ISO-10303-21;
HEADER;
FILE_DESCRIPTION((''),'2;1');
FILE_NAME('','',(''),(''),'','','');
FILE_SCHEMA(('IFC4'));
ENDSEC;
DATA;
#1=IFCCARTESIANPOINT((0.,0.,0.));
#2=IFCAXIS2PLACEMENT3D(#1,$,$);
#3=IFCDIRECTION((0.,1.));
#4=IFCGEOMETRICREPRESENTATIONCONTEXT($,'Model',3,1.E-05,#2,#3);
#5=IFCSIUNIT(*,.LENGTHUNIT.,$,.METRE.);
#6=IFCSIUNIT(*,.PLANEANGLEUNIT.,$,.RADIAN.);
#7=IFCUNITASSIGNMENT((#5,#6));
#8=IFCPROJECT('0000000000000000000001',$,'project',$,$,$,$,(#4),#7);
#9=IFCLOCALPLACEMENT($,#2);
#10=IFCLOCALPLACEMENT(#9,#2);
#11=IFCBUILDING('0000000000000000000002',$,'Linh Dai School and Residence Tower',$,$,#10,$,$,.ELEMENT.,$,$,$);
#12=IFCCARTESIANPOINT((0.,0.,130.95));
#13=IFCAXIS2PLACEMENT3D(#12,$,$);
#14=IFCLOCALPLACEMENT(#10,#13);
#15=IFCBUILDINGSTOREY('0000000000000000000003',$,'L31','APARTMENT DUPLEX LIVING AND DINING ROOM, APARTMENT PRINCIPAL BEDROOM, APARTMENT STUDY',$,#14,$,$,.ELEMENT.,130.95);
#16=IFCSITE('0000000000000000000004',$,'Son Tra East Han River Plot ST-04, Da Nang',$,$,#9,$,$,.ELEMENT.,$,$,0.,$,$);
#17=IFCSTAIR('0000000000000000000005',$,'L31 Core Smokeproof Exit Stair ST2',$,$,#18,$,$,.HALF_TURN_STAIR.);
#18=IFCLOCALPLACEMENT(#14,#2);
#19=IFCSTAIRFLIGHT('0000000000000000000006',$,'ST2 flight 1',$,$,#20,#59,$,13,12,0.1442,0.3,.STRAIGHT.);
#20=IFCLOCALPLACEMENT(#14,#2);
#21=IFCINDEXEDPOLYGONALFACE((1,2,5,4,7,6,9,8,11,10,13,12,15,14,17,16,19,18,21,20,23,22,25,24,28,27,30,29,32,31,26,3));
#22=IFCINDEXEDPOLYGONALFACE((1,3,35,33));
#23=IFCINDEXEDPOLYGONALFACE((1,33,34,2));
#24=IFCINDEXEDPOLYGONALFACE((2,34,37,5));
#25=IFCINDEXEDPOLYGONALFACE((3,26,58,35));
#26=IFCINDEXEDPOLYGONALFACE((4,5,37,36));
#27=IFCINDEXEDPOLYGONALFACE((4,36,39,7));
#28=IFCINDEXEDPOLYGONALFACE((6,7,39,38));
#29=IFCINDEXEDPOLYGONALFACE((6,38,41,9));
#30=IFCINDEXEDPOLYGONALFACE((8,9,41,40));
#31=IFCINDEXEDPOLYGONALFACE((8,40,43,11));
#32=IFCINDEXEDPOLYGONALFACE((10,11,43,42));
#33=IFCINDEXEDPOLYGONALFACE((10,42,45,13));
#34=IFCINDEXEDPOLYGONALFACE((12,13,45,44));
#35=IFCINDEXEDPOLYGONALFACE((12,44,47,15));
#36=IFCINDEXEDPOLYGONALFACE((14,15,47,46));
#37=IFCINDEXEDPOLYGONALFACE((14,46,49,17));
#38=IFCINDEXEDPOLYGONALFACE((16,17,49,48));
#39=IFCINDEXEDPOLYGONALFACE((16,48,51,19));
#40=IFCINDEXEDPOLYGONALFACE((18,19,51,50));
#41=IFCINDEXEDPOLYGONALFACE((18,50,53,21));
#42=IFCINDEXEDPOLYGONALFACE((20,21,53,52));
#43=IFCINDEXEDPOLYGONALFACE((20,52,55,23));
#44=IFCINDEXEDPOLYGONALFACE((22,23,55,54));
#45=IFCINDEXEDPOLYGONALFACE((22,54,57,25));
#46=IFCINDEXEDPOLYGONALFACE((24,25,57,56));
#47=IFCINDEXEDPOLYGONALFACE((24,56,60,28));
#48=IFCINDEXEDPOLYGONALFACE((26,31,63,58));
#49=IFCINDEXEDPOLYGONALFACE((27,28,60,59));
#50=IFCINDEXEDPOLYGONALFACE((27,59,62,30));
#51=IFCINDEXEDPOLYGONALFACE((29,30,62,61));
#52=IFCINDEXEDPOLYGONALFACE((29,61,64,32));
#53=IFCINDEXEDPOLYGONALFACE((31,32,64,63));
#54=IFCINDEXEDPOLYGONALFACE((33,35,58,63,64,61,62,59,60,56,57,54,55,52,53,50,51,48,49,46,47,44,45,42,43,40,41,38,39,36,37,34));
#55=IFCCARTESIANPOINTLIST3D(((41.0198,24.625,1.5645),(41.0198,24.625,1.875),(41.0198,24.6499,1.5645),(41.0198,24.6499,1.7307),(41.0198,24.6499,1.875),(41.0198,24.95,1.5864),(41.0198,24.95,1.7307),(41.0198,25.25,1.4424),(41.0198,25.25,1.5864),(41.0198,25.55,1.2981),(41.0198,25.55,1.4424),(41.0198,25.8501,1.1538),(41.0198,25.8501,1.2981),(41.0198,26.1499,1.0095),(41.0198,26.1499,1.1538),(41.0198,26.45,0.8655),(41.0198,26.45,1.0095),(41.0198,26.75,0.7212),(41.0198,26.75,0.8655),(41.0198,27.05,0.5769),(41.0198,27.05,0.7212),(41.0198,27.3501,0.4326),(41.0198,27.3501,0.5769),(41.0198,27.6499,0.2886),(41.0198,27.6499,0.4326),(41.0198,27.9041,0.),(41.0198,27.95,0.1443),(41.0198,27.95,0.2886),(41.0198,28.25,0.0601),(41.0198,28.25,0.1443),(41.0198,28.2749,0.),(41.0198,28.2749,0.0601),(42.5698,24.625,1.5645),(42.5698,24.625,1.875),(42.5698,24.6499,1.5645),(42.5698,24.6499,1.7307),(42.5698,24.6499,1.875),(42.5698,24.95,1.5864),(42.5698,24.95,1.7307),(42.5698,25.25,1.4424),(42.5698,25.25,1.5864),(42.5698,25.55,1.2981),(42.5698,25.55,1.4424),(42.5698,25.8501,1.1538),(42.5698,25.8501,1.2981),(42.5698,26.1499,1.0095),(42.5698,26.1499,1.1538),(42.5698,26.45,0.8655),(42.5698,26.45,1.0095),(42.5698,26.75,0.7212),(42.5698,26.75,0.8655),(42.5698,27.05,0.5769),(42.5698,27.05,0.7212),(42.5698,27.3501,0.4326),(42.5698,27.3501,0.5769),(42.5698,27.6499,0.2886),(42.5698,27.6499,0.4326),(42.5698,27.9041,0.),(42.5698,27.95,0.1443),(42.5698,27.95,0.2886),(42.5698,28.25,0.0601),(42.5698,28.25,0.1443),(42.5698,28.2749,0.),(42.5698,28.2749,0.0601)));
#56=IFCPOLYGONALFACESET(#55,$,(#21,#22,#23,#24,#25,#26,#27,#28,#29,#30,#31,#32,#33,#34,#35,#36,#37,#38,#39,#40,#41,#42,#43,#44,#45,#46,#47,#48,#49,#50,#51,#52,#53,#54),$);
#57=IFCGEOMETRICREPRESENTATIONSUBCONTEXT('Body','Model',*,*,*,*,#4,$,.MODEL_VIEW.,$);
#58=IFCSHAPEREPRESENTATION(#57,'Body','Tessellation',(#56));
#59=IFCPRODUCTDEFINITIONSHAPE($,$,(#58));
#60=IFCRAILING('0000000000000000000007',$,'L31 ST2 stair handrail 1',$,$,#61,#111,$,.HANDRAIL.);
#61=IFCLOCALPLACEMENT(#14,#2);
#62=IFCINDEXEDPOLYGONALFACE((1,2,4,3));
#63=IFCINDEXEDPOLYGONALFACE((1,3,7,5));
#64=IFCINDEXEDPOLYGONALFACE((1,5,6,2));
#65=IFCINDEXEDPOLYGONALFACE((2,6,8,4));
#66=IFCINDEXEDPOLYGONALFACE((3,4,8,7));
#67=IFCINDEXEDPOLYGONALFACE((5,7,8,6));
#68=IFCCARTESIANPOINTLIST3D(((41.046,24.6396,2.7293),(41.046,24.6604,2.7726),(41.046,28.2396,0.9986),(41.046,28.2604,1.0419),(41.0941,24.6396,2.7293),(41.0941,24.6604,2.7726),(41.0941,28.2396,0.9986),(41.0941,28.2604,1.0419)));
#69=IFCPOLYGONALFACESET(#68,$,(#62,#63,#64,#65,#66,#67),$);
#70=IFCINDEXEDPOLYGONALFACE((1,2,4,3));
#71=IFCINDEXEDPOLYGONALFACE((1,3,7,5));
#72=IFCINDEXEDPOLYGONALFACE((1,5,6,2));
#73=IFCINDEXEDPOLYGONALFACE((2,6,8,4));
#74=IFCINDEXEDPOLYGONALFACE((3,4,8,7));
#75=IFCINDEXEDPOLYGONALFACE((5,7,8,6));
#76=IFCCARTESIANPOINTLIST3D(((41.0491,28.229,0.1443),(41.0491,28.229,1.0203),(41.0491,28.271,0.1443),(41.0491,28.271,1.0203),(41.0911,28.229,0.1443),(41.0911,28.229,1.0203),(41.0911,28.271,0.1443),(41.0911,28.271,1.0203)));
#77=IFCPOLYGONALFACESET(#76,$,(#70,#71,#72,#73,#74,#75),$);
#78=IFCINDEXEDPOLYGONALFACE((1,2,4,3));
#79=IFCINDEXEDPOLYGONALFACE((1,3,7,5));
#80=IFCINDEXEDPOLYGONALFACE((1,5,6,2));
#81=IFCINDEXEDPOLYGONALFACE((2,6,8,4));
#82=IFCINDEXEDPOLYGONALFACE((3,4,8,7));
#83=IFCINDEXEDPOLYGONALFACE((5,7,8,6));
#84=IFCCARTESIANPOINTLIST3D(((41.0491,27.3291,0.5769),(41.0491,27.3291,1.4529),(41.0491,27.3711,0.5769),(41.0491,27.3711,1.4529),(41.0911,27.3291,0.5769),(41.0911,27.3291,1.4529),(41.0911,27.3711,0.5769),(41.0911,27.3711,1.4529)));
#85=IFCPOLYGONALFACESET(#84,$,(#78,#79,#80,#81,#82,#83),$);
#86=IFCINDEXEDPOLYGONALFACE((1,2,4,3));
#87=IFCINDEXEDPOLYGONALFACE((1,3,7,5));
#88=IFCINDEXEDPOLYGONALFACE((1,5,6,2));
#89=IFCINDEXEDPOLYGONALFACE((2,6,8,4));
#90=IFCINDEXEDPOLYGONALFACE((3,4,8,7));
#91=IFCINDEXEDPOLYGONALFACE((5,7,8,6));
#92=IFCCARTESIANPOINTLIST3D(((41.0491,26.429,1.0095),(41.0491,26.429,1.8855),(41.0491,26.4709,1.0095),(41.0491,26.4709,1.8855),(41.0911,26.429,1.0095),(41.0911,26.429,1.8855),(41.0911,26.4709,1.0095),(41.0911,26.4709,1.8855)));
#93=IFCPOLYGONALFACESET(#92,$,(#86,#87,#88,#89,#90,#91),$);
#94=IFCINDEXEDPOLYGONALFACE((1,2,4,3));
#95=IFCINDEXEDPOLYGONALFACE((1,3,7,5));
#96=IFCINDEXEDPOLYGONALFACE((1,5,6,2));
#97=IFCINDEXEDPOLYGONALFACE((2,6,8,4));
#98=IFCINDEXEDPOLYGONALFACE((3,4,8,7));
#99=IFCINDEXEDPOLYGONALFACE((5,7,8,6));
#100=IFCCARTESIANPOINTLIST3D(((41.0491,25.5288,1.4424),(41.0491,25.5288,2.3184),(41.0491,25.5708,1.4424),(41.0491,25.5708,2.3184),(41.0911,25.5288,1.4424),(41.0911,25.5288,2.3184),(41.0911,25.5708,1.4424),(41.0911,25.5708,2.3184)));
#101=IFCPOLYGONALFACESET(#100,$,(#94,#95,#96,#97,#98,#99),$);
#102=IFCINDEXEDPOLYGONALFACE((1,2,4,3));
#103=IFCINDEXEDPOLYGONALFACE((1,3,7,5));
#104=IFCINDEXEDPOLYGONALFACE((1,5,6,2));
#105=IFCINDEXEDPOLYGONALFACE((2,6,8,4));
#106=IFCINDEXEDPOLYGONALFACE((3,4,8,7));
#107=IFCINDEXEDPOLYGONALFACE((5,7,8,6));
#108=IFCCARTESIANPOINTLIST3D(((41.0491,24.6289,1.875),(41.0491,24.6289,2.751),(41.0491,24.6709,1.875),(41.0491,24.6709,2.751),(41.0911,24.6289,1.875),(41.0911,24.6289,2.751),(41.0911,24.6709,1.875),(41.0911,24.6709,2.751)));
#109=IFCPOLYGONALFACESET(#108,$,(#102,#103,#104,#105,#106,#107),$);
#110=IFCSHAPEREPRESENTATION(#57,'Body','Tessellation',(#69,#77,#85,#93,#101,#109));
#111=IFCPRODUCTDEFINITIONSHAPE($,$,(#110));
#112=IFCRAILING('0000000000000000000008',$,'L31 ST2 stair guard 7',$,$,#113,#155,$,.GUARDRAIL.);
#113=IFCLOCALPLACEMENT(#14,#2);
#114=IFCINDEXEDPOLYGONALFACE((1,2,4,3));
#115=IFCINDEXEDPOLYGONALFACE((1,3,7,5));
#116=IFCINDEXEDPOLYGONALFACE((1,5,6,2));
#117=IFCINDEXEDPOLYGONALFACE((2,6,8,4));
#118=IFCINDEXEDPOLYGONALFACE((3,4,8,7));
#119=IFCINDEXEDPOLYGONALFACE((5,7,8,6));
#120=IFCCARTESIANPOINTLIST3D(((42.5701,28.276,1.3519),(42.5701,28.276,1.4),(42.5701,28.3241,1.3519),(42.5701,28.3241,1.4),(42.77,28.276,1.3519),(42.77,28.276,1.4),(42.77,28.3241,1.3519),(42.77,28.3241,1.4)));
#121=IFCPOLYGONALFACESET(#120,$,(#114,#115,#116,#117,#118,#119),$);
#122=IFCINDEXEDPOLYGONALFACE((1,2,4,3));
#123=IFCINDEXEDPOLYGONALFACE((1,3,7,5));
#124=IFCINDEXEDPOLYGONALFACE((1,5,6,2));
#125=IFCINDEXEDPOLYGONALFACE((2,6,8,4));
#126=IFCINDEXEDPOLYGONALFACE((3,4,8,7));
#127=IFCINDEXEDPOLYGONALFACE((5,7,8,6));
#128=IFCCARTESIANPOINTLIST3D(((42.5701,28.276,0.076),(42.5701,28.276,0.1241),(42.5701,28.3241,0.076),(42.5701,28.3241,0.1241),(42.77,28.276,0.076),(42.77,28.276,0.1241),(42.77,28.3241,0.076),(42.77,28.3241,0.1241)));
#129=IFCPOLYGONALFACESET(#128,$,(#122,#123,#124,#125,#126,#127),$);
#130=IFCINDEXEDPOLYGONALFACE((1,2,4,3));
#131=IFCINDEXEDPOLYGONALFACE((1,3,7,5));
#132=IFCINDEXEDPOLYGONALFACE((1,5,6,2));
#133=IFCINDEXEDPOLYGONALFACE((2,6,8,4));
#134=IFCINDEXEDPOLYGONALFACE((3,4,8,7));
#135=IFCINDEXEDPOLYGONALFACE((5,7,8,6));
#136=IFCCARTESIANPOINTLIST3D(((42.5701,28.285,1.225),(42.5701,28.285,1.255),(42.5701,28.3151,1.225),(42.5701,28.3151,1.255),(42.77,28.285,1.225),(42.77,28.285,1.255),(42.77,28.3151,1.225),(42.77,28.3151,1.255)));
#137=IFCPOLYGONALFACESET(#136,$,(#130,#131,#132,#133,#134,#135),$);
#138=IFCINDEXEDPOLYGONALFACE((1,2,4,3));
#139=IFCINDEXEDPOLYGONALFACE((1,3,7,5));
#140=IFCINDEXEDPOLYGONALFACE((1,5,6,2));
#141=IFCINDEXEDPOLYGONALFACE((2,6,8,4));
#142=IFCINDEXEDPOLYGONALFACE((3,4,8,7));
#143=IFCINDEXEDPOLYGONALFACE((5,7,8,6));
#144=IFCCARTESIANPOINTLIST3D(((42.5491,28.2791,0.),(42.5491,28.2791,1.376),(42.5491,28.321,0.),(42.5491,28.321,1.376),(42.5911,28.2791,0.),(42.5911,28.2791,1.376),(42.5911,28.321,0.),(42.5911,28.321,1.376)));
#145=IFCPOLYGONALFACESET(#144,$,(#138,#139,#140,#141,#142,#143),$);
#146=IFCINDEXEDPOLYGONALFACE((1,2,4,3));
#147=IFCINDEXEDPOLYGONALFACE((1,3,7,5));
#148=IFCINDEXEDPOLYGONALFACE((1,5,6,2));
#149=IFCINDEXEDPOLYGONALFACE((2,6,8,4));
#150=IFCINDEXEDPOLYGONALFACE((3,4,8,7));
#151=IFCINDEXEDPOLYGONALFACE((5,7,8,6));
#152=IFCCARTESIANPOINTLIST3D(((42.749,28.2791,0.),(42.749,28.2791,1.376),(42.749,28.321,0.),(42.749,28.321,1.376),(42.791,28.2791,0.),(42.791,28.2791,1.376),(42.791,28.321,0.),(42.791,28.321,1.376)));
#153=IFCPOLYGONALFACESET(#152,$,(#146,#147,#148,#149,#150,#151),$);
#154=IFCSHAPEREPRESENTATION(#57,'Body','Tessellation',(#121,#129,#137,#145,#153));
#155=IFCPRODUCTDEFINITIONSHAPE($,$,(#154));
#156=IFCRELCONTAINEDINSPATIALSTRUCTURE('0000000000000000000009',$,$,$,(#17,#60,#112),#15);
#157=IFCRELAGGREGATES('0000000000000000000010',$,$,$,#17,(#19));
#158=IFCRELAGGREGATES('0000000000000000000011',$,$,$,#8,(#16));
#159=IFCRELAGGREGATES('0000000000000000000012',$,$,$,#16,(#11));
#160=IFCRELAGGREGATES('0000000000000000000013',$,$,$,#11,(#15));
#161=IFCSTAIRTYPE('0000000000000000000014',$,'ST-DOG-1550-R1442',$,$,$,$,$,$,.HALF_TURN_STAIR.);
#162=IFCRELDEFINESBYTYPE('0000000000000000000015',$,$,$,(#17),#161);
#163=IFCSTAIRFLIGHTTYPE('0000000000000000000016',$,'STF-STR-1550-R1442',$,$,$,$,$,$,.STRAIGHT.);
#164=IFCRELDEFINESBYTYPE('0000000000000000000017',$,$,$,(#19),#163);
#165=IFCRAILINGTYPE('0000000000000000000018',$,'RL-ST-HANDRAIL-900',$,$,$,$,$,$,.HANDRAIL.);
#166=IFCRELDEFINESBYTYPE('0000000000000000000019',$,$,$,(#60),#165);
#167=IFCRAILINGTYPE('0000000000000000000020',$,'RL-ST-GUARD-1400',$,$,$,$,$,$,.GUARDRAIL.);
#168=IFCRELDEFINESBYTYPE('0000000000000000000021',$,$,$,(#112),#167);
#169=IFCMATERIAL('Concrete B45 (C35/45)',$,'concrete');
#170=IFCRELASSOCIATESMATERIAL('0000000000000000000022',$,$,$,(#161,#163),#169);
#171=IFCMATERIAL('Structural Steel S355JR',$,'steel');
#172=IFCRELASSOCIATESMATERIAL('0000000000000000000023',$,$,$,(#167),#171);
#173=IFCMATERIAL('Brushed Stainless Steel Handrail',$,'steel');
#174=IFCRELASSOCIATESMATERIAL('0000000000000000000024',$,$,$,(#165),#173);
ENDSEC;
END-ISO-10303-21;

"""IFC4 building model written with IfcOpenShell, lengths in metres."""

from ifc_helpers import new_model, si_unit, direction, frame, origin, origin_2d, place, context, subcontext, project, spatial, polyline, rectangle, outline, extrude, source, transform, mapped, material, type_object, element, aggregate, save


model = new_model("IFC4")

# Units and contexts
model_context = context("Model", 3, precision=1e-05, world=origin(), true_north=direction((0.0, 1.0)))
body_context = subcontext(model_context, "Body", "Model", "MODEL_VIEW")
ifc_project = project(units=[si_unit("LENGTHUNIT", "METRE"), si_unit("PLANEANGLEUNIT", "RADIAN")], contexts=[model_context])

# Site, building, storey
site_placement = place(None, origin())
site = spatial("IfcSite", under=ifc_project, at=site_placement, Name="Son Tra East Han River Plot ST-04, Da Nang", CompositionType="ELEMENT", RefElevation=0.0)
building_placement = place(site_placement, origin())
building = spatial("IfcBuilding", under=site, at=building_placement, Name="Linh Dai School and Residence Tower", CompositionType="ELEMENT")
storey_placement = place(building_placement, frame((0.0, 0.0, 130.95)))
storey = spatial("IfcBuildingStorey", under=building, at=storey_placement, Name="L31", Description="APARTMENT DUPLEX LIVING AND DINING ROOM, APARTMENT PRINCIPAL BEDROOM, APARTMENT STUDY", CompositionType="ELEMENT", Elevation=130.95)

# Shared definitions
ifc_material_1 = material(Name="Structural Steel S355JR", Category="steel")

# Shared definitions
ifc_material_2 = material(Name="Concrete B45 (C35/45)", Category="concrete")

# Stair, stair flight
stair_type = type_object("IfcStairType", Name="ST-DOG-1550-R1442", PredefinedType="HALF_TURN_STAIR", material=ifc_material_2)
stair_placement = place(storey_placement, origin())
stair = element("IfcStair", 1, at=stair_placement, inside=storey, type_object=stair_type, Name="L31 Core Smokeproof Exit Stair ST2", PredefinedType="HALF_TURN_STAIR")
stair_flight_type = type_object("IfcStairFlightType", Name="STF-STR-1550-R1442", PredefinedType="STRAIGHT", material=ifc_material_2)
shared_shape_1 = source(origin(), body_context, "Body", "SweptSolid", [
    extrude(outline(polyline([(-0.0249, 0.0), (-0.0249, 0.0601), (0.0, 0.0601), (0.0, 0.1443), (0.3, 0.1443), (0.3, 0.2886), (0.6001, 0.2886), (0.6001, 0.4326), (0.8999, 0.4326), (0.8999, 0.5769), (1.2, 0.5769), (1.2, 0.7212), (1.5, 0.7212), (1.5, 0.8655), (1.8, 0.8655), (1.8, 1.0095), (2.1001, 1.0095), (2.1001, 1.1538), (2.3999, 1.1538), (2.3999, 1.2981), (2.7, 1.2981), (2.7, 1.4424), (3.0, 1.4424), (3.0, 1.5864), (3.3, 1.5864), (3.3, 1.7307), (3.6001, 1.7307), (3.6001, 1.875), (3.625, 1.875), (3.625, 1.5645), (3.6001, 1.5645), (0.3459, 0.0), (-0.0249, 0.0)])), frame((0.0, 0.7749, 0.0), z_axis=(0.0, -1.0, 0.0), x_axis=(1.0, 0.0, 0.0)), (0.0, 0.0, 1.0), 1.55),
])
stair_flight_placement = place(storey_placement, frame((41.7949, 28.25, 0.0), z_axis=(0.0, 0.0, 1.0), x_axis=(0.0, -1.0, 0.0)))
stair_flight = element("IfcStairFlight", 2, at=stair_flight_placement, type_object=stair_flight_type, Name="ST2 flight 1", NumberOfRisers=13, NumberOfTreads=12, PredefinedType="STRAIGHT", RiserHeight=0.1442, TreadLength=0.3, context=body_context, shape_type="MappedRepresentation", body=[
    mapped(shared_shape_1, transform((0.0, 0.0, 0.0), x_axis=(1.0, 0.0, 0.0), y_axis=(0.0, 1.0, 0.0), z_axis=(0.0, 0.0, 1.0), scale=1.0)),
])
aggregate(stair, [stair_flight])

# Railings
railing_type_1 = type_object("IfcRailingType", Name="RL-ST-GUARD-1400", PredefinedType="GUARDRAIL", material=ifc_material_1)
ifc_material_3 = material(Name="Brushed Stainless Steel Handrail", Category="steel")
railing_type_2 = type_object("IfcRailingType", Name="RL-ST-HANDRAIL-900", PredefinedType="HANDRAIL", material=ifc_material_3)
shared_shape_2 = source(origin(), body_context, "Body", "SweptSolid", [
    extrude(rectangle(XDim=0.0481, YDim=0.0481, at=origin_2d()), frame((0.0, 0.0, 0.876), z_axis=(0.0, -0.901263, 0.433273), x_axis=(1.0, 0.0, 0.0)), (0.0, 0.0, 1.0), 3.9944),
    extrude(rectangle(XDim=0.042, YDim=0.042, at=origin_2d()), origin(), (0.0, 0.0, 1.0), 0.876),
    extrude(rectangle(XDim=0.042, YDim=0.042, at=origin_2d()), frame((0.0, -0.8999, 0.4326)), (0.0, 0.0, 1.0), 0.876),
    extrude(rectangle(XDim=0.042, YDim=0.042, at=origin_2d()), frame((0.0, -1.8, 0.8652)), (0.0, 0.0, 1.0), 0.876),
    extrude(rectangle(XDim=0.042, YDim=0.042, at=origin_2d()), frame((0.0, -2.7002, 1.2981)), (0.0, 0.0, 1.0), 0.876),
    extrude(rectangle(XDim=0.042, YDim=0.042, at=origin_2d()), frame((0.0, -3.6001, 1.7307)), (0.0, 0.0, 1.0), 0.876),
])
railing_1_placement = place(storey_placement, frame((41.0701, 28.25, 0.1443)))
element("IfcRailing", 3, at=railing_1_placement, inside=storey, type_object=railing_type_2, Name="L31 ST2 stair handrail 1", PredefinedType="HANDRAIL", context=body_context, shape_type="MappedRepresentation", body=[
    mapped(shared_shape_2, transform((0.0, 0.0, 0.0), x_axis=(1.0, 0.0, 0.0), y_axis=(0.0, 1.0, 0.0), z_axis=(0.0, 0.0, 1.0), scale=1.0)),
])
shared_shape_3 = source(origin(), body_context, "Body", "SweptSolid", [
    extrude(rectangle(XDim=0.0481, YDim=0.0481, at=origin_2d()), frame((0.0, 0.0, 1.376), z_axis=(1.0, 0.0, 0.0), x_axis=(0.0, 1.0, 0.0)), (0.0, 0.0, 1.0), 0.2),
    extrude(rectangle(XDim=0.0481, YDim=0.0481, at=origin_2d()), frame((0.0, 0.0, 0.1001), z_axis=(1.0, 0.0, 0.0), x_axis=(0.0, 1.0, 0.0)), (0.0, 0.0, 1.0), 0.2),
    extrude(rectangle(XDim=0.03, YDim=0.03, at=origin_2d()), frame((0.0, 0.0, 1.24), z_axis=(1.0, 0.0, 0.0), x_axis=(0.0, 1.0, 0.0)), (0.0, 0.0, 1.0), 0.2),
    extrude(rectangle(XDim=0.042, YDim=0.042, at=origin_2d()), origin(), (0.0, 0.0, 1.0), 1.376),
    extrude(rectangle(XDim=0.042, YDim=0.042, at=origin_2d()), frame((0.2, 0.0, 0.0)), (0.0, 0.0, 1.0), 1.376),
])
railing_2_placement = place(storey_placement, frame((42.5701, 28.3, 0.0)))
element("IfcRailing", 4, at=railing_2_placement, inside=storey, type_object=railing_type_1, Name="L31 ST2 stair guard 7", PredefinedType="GUARDRAIL", context=body_context, shape_type="MappedRepresentation", body=[
    mapped(shared_shape_3, transform((0.0, 0.0, 0.0), x_axis=(1.0, 0.0, 0.0), y_axis=(0.0, 1.0, 0.0), z_axis=(0.0, 0.0, 1.0), scale=1.0)),
])

save(model, "model.ifc")
